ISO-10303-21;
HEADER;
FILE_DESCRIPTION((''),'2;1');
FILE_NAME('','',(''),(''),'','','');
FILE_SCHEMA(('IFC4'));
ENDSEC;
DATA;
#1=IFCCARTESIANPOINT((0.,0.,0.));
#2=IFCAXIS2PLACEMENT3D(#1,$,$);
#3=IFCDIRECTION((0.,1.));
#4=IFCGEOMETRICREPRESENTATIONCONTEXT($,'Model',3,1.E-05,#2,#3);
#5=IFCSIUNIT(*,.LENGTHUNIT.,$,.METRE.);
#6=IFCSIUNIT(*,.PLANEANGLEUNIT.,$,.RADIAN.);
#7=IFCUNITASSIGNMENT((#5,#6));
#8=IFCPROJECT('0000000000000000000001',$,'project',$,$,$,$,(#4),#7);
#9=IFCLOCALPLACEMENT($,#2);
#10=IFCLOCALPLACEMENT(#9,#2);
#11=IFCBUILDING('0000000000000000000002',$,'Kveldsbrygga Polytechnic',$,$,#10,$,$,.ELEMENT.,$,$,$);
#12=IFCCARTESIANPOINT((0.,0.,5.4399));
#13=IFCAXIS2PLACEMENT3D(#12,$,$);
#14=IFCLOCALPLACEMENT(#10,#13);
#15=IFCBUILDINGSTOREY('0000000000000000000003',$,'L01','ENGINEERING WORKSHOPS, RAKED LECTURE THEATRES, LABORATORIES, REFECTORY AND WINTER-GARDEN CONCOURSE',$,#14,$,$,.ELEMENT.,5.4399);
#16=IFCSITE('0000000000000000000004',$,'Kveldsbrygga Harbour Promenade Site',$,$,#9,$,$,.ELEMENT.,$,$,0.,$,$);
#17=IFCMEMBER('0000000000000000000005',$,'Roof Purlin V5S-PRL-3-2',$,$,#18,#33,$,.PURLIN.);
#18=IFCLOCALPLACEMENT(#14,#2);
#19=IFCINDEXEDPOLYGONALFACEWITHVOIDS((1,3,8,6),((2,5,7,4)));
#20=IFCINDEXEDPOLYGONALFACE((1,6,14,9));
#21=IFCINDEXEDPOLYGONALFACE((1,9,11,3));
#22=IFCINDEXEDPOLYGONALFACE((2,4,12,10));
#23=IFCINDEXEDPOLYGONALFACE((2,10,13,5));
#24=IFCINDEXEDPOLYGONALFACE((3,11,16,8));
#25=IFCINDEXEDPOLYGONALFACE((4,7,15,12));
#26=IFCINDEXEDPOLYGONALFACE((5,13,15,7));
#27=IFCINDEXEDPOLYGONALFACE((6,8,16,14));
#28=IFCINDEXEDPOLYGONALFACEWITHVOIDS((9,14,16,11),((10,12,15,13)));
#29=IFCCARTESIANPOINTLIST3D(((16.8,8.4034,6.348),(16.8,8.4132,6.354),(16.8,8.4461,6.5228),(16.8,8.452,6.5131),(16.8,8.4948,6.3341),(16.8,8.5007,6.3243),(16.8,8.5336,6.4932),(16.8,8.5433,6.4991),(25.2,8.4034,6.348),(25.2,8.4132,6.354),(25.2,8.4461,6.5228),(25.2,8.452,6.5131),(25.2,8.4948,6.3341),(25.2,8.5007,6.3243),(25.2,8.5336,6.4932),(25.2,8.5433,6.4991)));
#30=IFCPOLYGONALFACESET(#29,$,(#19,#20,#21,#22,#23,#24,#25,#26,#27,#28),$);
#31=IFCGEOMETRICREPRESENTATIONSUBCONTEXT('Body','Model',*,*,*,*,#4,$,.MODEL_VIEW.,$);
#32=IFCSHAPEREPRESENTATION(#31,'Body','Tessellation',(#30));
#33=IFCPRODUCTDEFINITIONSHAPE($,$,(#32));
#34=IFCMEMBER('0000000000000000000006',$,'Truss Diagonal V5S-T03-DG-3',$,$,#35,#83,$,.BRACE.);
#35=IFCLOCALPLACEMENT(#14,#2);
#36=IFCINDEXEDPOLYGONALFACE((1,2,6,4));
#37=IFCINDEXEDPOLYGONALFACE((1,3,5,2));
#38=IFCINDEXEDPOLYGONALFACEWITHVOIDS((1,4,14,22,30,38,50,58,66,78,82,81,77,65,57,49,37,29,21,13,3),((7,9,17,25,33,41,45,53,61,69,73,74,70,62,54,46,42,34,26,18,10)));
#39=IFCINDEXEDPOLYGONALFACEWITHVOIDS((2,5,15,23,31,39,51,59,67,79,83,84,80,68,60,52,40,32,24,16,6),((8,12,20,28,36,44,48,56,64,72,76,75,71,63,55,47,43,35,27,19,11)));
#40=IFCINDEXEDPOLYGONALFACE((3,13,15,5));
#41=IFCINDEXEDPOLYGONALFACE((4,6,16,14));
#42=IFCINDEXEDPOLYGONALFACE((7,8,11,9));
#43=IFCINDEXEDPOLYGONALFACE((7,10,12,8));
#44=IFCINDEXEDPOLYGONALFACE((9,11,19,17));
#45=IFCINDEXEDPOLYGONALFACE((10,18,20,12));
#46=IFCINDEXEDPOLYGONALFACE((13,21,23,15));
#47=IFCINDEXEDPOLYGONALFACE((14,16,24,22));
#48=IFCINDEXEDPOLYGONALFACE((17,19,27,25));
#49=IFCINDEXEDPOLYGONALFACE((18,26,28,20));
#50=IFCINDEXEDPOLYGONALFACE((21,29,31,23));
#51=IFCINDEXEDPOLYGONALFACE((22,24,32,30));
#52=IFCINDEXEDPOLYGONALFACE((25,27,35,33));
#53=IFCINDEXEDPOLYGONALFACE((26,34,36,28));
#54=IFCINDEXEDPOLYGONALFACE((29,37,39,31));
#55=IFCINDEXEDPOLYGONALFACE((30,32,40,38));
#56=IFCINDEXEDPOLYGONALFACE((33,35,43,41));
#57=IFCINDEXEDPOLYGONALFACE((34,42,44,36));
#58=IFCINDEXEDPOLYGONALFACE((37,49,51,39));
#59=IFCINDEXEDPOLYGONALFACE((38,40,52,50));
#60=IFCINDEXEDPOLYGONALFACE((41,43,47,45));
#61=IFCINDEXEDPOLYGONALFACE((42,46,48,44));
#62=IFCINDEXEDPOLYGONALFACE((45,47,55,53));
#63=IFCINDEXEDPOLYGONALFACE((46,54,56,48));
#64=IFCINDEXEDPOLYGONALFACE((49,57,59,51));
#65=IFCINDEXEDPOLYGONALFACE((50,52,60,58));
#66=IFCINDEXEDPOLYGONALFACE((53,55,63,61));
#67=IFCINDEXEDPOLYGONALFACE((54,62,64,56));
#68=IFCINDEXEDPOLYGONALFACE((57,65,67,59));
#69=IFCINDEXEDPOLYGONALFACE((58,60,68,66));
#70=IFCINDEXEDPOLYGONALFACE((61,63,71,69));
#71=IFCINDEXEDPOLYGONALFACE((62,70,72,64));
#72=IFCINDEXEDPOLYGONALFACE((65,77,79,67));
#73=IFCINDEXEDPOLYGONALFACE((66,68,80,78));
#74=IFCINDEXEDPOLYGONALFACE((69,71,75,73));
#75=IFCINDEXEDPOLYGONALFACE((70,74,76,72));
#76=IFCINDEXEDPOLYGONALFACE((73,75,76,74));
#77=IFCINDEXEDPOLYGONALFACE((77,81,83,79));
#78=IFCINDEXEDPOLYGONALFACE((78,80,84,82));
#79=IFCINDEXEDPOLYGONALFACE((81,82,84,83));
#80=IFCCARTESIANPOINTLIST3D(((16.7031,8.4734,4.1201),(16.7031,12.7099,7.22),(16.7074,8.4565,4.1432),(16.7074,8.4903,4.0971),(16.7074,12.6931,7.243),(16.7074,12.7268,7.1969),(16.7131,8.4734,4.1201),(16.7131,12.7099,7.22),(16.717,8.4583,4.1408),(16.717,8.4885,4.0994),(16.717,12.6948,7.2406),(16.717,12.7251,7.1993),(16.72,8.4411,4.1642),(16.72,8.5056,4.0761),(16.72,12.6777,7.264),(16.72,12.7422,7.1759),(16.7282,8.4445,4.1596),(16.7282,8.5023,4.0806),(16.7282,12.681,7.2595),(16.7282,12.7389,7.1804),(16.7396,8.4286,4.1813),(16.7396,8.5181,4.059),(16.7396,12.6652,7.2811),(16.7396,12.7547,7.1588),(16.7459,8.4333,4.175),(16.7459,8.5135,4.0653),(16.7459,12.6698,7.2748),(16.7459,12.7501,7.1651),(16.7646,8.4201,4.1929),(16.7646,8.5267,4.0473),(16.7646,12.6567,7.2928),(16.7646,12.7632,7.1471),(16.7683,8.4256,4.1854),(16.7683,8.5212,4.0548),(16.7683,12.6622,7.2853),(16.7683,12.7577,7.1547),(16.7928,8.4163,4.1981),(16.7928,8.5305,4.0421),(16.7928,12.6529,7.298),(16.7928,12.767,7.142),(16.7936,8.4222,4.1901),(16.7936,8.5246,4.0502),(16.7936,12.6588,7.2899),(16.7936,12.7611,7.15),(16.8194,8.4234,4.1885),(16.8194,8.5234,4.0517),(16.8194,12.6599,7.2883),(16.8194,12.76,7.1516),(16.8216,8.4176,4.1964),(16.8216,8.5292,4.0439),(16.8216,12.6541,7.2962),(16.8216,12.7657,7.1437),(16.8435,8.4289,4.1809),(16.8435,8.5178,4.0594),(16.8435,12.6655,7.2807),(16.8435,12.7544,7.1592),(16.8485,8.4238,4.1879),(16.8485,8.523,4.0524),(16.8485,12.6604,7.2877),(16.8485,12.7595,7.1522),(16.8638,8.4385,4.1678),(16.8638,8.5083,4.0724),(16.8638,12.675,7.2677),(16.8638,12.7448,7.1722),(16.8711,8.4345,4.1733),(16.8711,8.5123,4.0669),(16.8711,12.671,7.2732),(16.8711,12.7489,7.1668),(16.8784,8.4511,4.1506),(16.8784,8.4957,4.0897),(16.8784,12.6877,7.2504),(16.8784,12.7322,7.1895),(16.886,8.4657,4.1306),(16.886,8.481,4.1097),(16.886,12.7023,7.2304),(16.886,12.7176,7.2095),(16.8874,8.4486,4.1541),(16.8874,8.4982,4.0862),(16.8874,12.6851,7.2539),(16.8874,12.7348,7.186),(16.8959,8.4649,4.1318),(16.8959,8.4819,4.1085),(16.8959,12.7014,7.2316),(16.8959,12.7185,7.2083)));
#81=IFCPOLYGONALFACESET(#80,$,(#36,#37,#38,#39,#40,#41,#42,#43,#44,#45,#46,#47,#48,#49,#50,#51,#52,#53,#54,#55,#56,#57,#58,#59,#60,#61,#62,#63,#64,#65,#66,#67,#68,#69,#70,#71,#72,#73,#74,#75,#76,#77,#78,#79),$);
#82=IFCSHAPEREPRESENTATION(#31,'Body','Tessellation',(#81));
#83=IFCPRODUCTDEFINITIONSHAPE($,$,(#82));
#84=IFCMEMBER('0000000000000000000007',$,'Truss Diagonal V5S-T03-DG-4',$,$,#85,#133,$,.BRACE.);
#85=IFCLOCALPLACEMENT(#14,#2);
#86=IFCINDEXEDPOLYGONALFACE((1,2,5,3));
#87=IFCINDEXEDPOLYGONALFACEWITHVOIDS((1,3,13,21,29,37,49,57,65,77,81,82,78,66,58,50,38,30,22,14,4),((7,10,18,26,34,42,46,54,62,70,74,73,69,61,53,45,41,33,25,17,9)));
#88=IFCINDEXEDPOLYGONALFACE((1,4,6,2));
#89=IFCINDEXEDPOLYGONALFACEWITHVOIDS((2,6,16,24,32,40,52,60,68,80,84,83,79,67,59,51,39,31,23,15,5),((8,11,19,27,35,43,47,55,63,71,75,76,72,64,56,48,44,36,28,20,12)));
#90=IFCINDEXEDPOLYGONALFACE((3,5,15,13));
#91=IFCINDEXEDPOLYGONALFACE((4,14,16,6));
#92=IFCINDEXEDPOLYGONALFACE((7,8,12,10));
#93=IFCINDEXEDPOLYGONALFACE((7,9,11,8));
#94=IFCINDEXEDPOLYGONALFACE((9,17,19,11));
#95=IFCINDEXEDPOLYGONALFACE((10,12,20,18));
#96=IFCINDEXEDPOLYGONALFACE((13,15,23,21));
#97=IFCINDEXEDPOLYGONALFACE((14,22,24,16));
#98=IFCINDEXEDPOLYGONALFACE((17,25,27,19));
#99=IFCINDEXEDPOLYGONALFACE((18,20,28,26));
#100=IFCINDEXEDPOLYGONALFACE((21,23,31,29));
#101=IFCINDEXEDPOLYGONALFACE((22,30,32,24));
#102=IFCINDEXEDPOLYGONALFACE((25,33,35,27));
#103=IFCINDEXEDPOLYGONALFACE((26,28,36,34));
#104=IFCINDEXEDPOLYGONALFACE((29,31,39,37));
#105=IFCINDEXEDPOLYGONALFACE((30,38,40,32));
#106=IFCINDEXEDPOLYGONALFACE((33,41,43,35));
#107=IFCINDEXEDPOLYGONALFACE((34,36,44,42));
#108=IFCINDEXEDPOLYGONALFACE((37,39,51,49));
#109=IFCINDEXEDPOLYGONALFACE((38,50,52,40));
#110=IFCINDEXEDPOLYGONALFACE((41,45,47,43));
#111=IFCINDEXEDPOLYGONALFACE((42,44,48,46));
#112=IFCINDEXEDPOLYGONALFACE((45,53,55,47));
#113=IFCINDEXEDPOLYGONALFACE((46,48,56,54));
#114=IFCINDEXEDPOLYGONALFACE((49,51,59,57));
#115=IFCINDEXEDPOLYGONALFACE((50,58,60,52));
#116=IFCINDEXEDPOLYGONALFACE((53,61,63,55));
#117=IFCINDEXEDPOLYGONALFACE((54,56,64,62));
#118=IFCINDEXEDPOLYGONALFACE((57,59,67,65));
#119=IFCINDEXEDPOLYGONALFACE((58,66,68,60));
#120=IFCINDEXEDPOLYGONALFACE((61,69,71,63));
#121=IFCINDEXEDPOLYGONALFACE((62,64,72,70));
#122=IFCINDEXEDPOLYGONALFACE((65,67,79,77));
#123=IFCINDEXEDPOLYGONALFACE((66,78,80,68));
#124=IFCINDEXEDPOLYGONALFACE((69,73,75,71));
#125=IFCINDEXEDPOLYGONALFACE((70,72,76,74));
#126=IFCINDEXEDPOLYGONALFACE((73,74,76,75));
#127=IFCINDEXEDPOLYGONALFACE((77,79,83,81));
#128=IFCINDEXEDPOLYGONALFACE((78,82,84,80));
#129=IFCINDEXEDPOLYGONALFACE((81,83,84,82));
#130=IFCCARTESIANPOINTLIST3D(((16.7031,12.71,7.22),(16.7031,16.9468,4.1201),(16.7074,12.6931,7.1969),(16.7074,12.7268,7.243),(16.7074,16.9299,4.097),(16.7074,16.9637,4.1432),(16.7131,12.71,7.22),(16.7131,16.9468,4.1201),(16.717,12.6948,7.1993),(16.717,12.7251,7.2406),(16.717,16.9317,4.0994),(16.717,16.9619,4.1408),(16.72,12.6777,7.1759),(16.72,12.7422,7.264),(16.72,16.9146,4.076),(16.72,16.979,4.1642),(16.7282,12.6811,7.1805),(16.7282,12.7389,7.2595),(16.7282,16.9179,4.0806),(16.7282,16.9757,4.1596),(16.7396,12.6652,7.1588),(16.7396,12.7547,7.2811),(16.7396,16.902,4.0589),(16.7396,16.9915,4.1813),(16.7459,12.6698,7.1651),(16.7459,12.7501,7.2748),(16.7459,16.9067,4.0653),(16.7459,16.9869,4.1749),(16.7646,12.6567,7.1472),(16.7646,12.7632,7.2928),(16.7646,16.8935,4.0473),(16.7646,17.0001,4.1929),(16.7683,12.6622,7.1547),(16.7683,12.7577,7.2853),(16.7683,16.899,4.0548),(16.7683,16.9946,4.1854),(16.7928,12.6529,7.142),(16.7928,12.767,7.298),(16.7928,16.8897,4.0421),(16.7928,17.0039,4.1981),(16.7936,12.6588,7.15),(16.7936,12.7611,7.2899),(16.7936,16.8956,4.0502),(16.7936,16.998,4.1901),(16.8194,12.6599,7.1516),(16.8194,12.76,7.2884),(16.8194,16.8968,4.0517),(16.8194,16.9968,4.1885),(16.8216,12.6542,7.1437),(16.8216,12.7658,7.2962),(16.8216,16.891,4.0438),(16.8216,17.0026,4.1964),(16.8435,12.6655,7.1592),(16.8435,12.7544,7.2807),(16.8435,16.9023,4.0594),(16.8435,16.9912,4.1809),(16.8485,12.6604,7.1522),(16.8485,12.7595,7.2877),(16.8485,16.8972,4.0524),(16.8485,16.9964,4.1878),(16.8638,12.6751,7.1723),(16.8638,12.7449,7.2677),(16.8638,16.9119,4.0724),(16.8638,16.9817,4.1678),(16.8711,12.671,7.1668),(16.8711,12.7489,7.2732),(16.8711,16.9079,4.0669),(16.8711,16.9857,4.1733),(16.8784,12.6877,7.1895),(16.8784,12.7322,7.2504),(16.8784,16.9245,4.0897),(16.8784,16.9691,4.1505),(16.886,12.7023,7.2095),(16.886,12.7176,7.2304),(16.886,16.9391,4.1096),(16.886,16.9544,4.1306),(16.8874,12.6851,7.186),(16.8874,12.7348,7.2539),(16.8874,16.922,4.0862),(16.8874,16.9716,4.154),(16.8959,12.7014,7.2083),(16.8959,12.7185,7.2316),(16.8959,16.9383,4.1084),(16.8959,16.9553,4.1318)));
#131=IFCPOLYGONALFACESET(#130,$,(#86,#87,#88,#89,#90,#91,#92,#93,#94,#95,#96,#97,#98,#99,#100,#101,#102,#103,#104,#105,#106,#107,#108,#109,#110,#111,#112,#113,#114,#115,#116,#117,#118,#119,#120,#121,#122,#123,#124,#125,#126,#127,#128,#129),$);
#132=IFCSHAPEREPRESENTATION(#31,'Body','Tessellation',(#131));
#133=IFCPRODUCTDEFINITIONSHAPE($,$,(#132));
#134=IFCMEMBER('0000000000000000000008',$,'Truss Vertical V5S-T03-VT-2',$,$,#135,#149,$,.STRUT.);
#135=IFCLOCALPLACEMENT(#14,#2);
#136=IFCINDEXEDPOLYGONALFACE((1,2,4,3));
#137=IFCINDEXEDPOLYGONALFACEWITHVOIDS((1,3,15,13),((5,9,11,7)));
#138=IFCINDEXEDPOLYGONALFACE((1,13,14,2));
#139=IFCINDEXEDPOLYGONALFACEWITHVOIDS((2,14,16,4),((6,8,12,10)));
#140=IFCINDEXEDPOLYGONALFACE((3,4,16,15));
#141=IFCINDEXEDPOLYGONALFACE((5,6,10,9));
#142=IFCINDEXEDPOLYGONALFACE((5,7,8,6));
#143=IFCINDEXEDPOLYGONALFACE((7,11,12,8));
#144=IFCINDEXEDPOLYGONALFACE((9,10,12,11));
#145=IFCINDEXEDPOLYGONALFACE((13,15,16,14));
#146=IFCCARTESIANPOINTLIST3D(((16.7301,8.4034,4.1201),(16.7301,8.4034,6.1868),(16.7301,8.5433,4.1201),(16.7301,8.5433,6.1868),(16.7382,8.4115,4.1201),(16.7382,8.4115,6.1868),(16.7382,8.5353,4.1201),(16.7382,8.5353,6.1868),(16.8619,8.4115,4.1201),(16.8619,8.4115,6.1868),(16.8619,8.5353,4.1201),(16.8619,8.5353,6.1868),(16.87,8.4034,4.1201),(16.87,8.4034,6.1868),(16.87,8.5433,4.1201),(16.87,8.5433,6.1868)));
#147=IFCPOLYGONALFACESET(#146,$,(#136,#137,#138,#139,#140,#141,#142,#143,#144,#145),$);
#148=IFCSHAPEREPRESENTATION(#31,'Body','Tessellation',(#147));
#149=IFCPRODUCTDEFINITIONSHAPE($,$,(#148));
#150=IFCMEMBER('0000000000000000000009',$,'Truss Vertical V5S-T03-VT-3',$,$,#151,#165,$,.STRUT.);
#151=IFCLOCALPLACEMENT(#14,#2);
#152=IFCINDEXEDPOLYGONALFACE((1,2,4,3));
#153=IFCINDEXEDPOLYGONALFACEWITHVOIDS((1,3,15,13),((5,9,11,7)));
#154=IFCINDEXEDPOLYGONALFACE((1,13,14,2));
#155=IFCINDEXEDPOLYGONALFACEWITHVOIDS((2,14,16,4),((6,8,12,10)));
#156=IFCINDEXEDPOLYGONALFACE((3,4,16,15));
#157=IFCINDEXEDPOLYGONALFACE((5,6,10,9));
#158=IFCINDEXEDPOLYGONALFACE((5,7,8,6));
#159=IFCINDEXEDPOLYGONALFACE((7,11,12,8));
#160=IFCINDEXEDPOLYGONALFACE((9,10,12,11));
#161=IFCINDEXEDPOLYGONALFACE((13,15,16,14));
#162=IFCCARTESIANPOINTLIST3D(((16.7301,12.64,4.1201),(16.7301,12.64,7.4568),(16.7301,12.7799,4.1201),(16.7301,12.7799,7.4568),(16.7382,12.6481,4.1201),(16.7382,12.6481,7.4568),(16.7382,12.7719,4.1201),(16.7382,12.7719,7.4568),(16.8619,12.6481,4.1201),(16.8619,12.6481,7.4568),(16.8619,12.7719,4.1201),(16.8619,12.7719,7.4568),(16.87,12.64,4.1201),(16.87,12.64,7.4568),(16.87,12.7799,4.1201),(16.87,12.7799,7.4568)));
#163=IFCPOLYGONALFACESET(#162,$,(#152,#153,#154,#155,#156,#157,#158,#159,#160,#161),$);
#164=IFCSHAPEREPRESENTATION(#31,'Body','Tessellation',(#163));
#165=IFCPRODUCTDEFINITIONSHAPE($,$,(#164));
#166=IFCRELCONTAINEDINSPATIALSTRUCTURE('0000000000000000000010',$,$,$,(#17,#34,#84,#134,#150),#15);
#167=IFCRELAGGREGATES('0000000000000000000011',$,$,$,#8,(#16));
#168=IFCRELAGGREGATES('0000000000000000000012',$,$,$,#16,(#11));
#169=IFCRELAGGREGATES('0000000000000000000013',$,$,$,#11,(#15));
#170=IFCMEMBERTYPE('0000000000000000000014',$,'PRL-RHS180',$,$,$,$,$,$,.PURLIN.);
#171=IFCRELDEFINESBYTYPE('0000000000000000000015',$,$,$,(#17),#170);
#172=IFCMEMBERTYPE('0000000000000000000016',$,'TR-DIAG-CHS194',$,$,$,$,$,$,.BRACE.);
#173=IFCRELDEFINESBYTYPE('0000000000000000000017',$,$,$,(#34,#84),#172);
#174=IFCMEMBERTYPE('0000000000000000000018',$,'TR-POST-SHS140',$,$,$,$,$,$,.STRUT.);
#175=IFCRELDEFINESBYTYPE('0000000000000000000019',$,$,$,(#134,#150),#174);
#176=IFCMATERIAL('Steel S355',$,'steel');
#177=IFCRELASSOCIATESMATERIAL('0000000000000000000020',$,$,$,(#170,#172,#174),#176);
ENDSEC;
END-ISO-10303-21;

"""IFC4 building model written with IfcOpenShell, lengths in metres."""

from ifc_helpers import new_model, si_unit, direction, frame, origin, origin_2d, place, context, subcontext, project, spatial, hollow_rectangle, hollow_circle, extrude, material, material_profile, profile_set, type_object, element, save


model = new_model("IFC4")

# Units and contexts
model_context = context("Model", 3, precision=1e-05, world=origin(), true_north=direction((0.0, 1.0)))
body_context = subcontext(model_context, "Body", "Model", "MODEL_VIEW")
ifc_project = project(units=[si_unit("LENGTHUNIT", "METRE"), si_unit("PLANEANGLEUNIT", "RADIAN")], contexts=[model_context])

# Site, building, storey
site_placement = place(None, origin())
site = spatial("IfcSite", under=ifc_project, at=site_placement, Name="Kveldsbrygga Harbour Promenade Site", CompositionType="ELEMENT", RefElevation=0.0)
building_placement = place(site_placement, origin())
building = spatial("IfcBuilding", under=site, at=building_placement, Name="Kveldsbrygga Polytechnic", CompositionType="ELEMENT")
storey_placement = place(building_placement, frame((0.0, 0.0, 5.4399)))
storey = spatial("IfcBuildingStorey", under=building, at=storey_placement, Name="L01", Description="ENGINEERING WORKSHOPS, RAKED LECTURE THEATRES, LABORATORIES, REFECTORY AND WINTER-GARDEN CONCOURSE", CompositionType="ELEMENT", Elevation=5.4399)

# Members
ifc_material_1 = material(Name="Steel S355", Category="steel")
ifc_material_profile_1 = material_profile(ifc_material_1, hollow_rectangle(XDim=0.1001, YDim=0.1799, WallThickness=0.0081, at=origin_2d()), Name="RHS 180x100x8.0")
ifc_profile_set_1 = profile_set([ifc_material_profile_1], Name="Steel S355")
member_type_1 = type_object("IfcMemberType", Name="PRL-RHS180", PredefinedType="PURLIN", material=ifc_profile_set_1)
member_1_placement = place(storey_placement, frame((16.8, 8.4734, 6.4236), z_axis=(1.0, 0.0, 0.0), x_axis=(0.0, 0.97152, -0.236957)))
element("IfcMember", 1, at=member_1_placement, inside=storey, type_object=member_type_1, Name="Roof Purlin V5S-PRL-3-2", PredefinedType="PURLIN", context=body_context, shape_type="SweptSolid", body=[
    extrude(hollow_rectangle(XDim=0.1001, YDim=0.1799, WallThickness=0.0081, at=origin_2d()), origin(), (0.0, 0.0, 1.0), 8.3999),
])
ifc_material_profile_2 = material_profile(ifc_material_1, hollow_circle(Radius=0.0969, WallThickness=0.01, at=origin_2d()), Name="CHS 193.7x10.0")
ifc_profile_set_2 = profile_set([ifc_material_profile_2], Name="Steel S355")
member_type_2 = type_object("IfcMemberType", Name="TR-DIAG-CHS194", PredefinedType="BRACE", material=ifc_profile_set_2)
member_2_placement = place(storey_placement, frame((16.8, 8.4734, 4.1201), z_axis=(0.0, 0.807037, 0.5905), x_axis=(-1.0, 0.0, 0.0)))
element("IfcMember", 2, at=member_2_placement, inside=storey, type_object=member_type_2, Name="Truss Diagonal V5S-T03-DG-3", PredefinedType="BRACE", context=body_context, shape_type="SweptSolid", body=[
    extrude(hollow_circle(Radius=0.0969, WallThickness=0.01, at=origin_2d()), origin(), (0.0, 0.0, 1.0), 5.2495),
])
member_3_placement = place(storey_placement, frame((16.8, 12.71, 7.22), z_axis=(0.0, 0.807054, -0.590478), x_axis=(-1.0, 0.0, 0.0)))
element("IfcMember", 3, at=member_3_placement, inside=storey, type_object=member_type_2, Name="Truss Diagonal V5S-T03-DG-4", PredefinedType="BRACE", context=body_context, shape_type="SweptSolid", body=[
    extrude(hollow_circle(Radius=0.0969, WallThickness=0.01, at=origin_2d()), origin(), (0.0, 0.0, 1.0), 5.2498),
])
ifc_material_profile_3 = material_profile(ifc_material_1, hollow_rectangle(XDim=0.1399, YDim=0.1399, WallThickness=0.0081, at=origin_2d()), Name="SHS 140x140x8.0")
ifc_profile_set_3 = profile_set([ifc_material_profile_3], Name="Steel S355")
member_type_3 = type_object("IfcMemberType", Name="TR-POST-SHS140", PredefinedType="STRUT", material=ifc_profile_set_3)
member_4_placement = place(storey_placement, frame((16.8, 8.4734, 4.1201), z_axis=(0.0, 0.0, 1.0), x_axis=(1.0, 0.0, 0.0)))
element("IfcMember", 4, at=member_4_placement, inside=storey, type_object=member_type_3, Name="Truss Vertical V5S-T03-VT-2", PredefinedType="STRUT", context=body_context, shape_type="SweptSolid", body=[
    extrude(hollow_rectangle(XDim=0.1399, YDim=0.1399, WallThickness=0.0081, at=origin_2d()), origin(), (0.0, 0.0, 1.0), 2.0667),
])
member_5_placement = place(storey_placement, frame((16.8, 12.71, 4.1201), z_axis=(0.0, 0.0, 1.0), x_axis=(1.0, 0.0, 0.0)))
element("IfcMember", 5, at=member_5_placement, inside=storey, type_object=member_type_3, Name="Truss Vertical V5S-T03-VT-3", PredefinedType="STRUT", context=body_context, shape_type="SweptSolid", body=[
    extrude(hollow_rectangle(XDim=0.1399, YDim=0.1399, WallThickness=0.0081, at=origin_2d()), origin(), (0.0, 0.0, 1.0), 3.3367),
])

save(model, "model.ifc")
